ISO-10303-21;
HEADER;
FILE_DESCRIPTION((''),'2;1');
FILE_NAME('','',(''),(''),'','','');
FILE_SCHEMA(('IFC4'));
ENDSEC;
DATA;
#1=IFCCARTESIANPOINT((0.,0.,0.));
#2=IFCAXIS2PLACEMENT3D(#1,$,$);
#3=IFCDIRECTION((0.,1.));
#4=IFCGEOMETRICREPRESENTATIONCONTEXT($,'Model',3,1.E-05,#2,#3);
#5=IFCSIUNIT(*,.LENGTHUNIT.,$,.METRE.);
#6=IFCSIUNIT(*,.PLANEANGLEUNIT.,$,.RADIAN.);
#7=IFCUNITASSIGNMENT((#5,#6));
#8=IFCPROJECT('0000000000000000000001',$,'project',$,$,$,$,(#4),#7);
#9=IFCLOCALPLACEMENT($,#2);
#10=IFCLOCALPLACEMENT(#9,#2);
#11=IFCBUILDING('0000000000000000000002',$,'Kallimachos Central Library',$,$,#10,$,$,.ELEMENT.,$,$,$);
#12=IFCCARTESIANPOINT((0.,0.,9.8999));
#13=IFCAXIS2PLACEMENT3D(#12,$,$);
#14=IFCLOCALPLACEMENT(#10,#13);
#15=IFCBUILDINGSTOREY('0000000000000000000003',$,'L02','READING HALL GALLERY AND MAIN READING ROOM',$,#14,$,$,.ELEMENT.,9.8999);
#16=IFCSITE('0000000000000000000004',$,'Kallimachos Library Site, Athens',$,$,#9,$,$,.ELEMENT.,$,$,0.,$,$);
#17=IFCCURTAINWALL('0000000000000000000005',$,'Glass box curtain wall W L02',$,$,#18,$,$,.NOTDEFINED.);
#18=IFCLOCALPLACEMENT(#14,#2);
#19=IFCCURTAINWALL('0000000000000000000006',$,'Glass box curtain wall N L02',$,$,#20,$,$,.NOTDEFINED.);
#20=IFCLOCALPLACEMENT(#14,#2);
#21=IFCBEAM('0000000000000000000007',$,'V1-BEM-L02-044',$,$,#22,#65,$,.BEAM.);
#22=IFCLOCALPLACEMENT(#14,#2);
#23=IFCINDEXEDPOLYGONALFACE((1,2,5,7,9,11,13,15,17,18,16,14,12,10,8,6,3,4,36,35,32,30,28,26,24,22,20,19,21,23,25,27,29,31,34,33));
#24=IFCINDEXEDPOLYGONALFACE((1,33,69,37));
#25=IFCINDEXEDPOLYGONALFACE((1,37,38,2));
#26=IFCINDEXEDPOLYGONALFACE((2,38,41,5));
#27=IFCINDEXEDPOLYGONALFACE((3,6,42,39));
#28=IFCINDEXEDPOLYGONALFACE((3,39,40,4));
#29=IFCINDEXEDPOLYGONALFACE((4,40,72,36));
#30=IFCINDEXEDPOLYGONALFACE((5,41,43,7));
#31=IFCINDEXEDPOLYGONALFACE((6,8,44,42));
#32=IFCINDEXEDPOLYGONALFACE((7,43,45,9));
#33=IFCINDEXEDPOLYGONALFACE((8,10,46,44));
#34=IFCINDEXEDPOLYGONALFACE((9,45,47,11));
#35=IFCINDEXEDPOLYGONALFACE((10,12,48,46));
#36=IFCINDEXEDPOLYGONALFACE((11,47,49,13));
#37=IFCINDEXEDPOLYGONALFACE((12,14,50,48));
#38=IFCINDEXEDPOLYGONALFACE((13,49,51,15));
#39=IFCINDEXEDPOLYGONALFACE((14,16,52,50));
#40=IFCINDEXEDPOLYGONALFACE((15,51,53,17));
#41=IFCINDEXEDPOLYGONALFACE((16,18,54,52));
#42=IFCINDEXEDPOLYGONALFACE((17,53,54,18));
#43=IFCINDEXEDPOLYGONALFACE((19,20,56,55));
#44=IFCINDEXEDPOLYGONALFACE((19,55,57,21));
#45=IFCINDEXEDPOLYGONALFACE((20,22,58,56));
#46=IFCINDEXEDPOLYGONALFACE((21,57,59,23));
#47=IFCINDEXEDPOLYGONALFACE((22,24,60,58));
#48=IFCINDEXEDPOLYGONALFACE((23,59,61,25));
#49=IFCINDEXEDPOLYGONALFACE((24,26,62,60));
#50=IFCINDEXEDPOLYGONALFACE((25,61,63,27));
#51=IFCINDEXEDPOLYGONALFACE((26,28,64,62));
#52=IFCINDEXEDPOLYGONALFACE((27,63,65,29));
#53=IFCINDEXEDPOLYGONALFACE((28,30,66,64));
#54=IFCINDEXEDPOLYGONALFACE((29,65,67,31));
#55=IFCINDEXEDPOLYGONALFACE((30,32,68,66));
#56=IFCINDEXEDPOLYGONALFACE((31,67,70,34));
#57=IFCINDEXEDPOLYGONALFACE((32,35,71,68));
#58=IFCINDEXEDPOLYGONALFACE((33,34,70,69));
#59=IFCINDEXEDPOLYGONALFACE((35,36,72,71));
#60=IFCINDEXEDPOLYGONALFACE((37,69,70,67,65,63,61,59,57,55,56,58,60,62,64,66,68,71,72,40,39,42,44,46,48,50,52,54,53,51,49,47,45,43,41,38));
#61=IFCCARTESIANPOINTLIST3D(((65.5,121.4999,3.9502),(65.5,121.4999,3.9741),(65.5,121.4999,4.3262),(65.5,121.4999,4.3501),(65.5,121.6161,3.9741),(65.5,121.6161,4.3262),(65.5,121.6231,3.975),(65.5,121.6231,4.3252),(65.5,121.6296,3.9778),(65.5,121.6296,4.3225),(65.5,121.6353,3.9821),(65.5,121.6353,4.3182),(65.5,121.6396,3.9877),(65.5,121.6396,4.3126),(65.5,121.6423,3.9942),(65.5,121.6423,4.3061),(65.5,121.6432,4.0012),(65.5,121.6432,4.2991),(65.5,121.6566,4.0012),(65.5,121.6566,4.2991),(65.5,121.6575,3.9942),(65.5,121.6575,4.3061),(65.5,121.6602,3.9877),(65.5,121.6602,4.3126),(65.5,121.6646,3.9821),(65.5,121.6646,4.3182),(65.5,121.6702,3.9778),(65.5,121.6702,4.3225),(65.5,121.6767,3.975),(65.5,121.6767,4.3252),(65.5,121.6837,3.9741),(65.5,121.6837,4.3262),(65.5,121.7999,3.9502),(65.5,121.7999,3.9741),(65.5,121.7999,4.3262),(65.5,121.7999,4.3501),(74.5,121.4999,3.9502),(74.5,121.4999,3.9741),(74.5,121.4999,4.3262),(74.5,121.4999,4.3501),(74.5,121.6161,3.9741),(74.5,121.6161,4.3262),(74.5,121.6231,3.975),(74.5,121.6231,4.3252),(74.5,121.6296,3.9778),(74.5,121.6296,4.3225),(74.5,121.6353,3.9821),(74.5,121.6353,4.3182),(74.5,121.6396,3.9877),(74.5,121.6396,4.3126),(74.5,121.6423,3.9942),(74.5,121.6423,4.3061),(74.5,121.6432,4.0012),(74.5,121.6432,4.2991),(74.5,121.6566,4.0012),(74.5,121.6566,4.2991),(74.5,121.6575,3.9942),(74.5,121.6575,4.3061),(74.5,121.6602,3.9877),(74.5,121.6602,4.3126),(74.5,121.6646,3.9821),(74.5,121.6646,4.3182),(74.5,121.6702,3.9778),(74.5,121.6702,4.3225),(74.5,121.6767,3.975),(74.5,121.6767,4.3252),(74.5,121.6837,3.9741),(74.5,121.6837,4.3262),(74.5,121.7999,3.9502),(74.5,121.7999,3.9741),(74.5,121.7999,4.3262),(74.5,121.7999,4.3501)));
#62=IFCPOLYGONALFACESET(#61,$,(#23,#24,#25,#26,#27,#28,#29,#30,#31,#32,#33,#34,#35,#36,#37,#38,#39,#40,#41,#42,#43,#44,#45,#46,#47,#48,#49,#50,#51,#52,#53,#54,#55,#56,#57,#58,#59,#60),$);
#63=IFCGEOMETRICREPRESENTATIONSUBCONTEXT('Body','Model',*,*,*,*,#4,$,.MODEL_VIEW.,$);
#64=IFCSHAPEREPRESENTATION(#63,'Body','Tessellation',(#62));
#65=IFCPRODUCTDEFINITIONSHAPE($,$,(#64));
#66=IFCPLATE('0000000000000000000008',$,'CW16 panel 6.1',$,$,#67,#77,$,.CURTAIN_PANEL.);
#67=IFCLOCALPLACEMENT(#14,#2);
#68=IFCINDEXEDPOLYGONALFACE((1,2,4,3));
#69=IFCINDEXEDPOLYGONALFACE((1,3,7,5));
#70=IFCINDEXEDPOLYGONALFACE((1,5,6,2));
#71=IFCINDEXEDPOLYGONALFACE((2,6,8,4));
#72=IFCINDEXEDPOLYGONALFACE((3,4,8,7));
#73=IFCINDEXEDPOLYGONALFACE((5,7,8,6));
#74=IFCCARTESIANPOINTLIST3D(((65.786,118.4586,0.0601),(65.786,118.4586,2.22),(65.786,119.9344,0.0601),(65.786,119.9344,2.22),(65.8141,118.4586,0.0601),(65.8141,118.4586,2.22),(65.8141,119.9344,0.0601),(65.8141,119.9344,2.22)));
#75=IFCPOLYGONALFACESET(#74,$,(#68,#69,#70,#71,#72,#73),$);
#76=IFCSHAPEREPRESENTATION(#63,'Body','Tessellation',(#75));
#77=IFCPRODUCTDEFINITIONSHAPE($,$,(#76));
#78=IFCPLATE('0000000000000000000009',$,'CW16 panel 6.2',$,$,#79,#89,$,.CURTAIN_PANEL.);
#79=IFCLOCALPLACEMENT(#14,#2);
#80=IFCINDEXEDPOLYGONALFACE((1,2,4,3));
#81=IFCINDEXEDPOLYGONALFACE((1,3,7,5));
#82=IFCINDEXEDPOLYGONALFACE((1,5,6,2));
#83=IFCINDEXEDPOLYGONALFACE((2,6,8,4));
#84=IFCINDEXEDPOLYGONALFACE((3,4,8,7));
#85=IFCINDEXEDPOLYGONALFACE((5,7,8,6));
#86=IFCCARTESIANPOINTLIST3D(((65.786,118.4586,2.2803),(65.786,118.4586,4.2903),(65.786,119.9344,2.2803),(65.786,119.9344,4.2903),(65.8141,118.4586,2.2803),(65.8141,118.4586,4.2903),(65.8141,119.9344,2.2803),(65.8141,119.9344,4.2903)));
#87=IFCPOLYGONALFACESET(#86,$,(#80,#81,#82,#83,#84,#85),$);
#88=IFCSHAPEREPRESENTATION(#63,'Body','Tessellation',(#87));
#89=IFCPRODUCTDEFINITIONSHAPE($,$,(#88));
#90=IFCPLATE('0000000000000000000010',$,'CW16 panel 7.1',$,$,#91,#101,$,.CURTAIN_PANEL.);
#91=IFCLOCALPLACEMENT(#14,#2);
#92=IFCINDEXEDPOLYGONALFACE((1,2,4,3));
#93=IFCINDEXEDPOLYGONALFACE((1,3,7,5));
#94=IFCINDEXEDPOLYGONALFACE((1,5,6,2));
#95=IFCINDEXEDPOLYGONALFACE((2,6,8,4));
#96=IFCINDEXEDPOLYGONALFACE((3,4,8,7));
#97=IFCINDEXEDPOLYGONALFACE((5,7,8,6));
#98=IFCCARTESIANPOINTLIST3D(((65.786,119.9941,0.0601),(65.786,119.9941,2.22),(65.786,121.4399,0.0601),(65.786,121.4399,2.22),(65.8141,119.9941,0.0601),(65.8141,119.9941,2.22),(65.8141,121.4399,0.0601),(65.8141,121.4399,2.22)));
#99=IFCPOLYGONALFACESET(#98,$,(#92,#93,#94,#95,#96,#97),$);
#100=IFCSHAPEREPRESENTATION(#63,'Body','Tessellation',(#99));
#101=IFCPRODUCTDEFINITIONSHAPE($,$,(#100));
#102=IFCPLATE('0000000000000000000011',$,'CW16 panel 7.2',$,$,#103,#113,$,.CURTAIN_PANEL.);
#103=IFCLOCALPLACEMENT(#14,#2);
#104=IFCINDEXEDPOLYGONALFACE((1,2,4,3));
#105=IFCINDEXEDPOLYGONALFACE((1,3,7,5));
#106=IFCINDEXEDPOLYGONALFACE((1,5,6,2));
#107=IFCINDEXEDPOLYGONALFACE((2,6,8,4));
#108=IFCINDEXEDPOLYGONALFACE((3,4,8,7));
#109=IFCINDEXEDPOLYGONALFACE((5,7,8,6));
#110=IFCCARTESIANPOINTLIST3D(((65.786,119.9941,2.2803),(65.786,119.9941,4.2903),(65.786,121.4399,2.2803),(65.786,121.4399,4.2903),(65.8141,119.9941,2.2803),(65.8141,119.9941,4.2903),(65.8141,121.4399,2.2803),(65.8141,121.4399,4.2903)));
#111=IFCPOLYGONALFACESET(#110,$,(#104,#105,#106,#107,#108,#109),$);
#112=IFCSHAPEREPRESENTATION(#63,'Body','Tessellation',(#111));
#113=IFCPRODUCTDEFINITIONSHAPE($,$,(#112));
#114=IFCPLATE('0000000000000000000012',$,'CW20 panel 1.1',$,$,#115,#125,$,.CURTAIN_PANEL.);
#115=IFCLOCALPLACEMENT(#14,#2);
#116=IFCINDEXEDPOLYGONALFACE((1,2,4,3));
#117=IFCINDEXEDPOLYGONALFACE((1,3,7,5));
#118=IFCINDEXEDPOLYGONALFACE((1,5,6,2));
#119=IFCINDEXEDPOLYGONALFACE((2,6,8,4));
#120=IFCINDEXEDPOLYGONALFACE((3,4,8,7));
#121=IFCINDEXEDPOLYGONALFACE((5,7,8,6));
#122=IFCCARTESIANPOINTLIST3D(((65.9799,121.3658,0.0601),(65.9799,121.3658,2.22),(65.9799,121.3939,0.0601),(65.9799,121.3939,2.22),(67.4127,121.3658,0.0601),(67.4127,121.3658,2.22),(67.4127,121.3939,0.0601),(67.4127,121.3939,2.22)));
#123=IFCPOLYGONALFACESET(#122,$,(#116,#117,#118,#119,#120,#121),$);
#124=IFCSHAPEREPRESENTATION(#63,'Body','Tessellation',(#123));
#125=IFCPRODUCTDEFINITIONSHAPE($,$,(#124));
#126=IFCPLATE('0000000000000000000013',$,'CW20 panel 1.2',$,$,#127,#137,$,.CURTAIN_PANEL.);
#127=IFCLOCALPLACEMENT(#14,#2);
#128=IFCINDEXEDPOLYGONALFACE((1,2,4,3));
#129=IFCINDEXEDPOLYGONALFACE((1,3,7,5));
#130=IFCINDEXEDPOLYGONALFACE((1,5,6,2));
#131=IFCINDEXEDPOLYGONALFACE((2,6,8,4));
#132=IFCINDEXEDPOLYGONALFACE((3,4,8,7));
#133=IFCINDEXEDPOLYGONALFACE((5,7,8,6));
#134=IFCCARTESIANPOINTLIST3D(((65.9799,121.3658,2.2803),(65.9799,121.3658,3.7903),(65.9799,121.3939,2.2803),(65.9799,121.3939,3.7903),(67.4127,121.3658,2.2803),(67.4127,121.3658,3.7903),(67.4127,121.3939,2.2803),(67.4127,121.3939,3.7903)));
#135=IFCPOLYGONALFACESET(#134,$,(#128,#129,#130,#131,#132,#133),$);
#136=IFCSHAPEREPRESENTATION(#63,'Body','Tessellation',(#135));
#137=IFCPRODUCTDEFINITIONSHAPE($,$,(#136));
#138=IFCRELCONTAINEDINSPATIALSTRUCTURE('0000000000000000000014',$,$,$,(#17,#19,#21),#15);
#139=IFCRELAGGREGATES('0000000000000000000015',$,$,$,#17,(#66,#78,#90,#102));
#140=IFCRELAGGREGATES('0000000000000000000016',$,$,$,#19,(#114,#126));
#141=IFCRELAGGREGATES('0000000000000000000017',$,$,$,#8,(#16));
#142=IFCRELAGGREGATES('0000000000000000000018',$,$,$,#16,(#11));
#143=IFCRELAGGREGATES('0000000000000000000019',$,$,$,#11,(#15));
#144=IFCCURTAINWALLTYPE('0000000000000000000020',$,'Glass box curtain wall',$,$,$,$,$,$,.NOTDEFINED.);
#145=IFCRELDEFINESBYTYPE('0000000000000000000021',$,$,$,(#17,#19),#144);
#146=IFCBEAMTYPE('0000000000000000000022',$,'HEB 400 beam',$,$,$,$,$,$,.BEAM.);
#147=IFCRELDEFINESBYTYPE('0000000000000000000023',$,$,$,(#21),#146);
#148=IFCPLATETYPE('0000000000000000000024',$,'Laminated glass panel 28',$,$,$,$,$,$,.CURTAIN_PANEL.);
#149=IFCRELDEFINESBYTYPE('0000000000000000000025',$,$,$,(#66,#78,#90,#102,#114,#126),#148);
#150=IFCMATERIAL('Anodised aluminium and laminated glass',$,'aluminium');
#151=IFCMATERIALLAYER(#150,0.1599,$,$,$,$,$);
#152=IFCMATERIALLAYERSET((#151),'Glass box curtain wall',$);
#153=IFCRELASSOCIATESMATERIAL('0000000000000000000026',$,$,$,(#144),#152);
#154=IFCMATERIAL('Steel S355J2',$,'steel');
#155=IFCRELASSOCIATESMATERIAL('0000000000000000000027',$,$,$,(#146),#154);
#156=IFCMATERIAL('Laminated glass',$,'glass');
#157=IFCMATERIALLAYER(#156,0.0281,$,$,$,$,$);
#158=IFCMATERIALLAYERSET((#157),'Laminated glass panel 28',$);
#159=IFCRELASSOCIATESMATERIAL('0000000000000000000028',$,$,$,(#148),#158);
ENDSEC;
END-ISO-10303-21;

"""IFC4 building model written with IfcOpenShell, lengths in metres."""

from ifc_helpers import new_model, si_unit, direction, frame, origin, origin_2d, place, context, subcontext, project, spatial, rectangle, i_section, extrude, material, layer, layer_set, material_profile, profile_set, type_object, element, aggregate, save


model = new_model("IFC4")

# Units and contexts
model_context = context("Model", 3, precision=1e-05, world=origin(), true_north=direction((0.0, 1.0)))
body_context = subcontext(model_context, "Body", "Model", "MODEL_VIEW")
ifc_project = project(units=[si_unit("LENGTHUNIT", "METRE"), si_unit("PLANEANGLEUNIT", "RADIAN")], contexts=[model_context])

# Site, building, storey
site_placement = place(None, origin())
site = spatial("IfcSite", under=ifc_project, at=site_placement, Name="Kallimachos Library Site, Athens", CompositionType="ELEMENT", RefElevation=0.0)
building_placement = place(site_placement, origin())
building = spatial("IfcBuilding", under=site, at=building_placement, Name="Kallimachos Central Library", CompositionType="ELEMENT")
storey_placement = place(building_placement, frame((0.0, 0.0, 9.8999)))
storey = spatial("IfcBuildingStorey", under=building, at=storey_placement, Name="L02", Description="READING HALL GALLERY AND MAIN READING ROOM", CompositionType="ELEMENT", Elevation=9.8999)

# Curtain walls
ifc_material_1 = material(Name="Anodised aluminium and laminated glass", Category="aluminium")
ifc_layer_1 = layer(ifc_material_1, 0.1599)
ifc_layer_set_1 = layer_set([ifc_layer_1], Name="Glass box curtain wall")
curtain_wall_type = type_object("IfcCurtainWallType", Name="Glass box curtain wall", PredefinedType="NOTDEFINED", material=ifc_layer_set_1)
curtain_wall_1_placement = place(storey_placement, origin())
curtain_wall_1 = element("IfcCurtainWall", 1, at=curtain_wall_1_placement, inside=storey, type_object=curtain_wall_type, Name="Glass box curtain wall W L02", PredefinedType="NOTDEFINED")
curtain_wall_2_placement = place(storey_placement, origin())
curtain_wall_2 = element("IfcCurtainWall", 2, at=curtain_wall_2_placement, inside=storey, type_object=curtain_wall_type, Name="Glass box curtain wall N L02", PredefinedType="NOTDEFINED")

# Beam
ifc_material_2 = material(Name="Steel S355J2", Category="steel")
ifc_material_profile_1 = material_profile(ifc_material_2, i_section(OverallWidth=0.3, OverallDepth=0.3999, WebThickness=0.0134, FlangeThickness=0.0239, FilletRadius=0.0271, at=origin_2d()), Name="HEB 400")
ifc_profile_set_1 = profile_set([ifc_material_profile_1], Name="Steel S355J2")
beam_type = type_object("IfcBeamType", Name="HEB 400 beam", PredefinedType="BEAM", material=ifc_profile_set_1)
beam_placement = place(storey_placement, frame((65.5, 121.6499, 4.1501), z_axis=(1.0, 0.0, 0.0), x_axis=(0.0, 1.0, 0.0)))
element("IfcBeam", 3, at=beam_placement, inside=storey, type_object=beam_type, Name="V1-BEM-L02-044", PredefinedType="BEAM", context=body_context, shape_type="SweptSolid", body=[
    extrude(i_section(OverallWidth=0.3, OverallDepth=0.3999, WebThickness=0.0134, FlangeThickness=0.0239, FilletRadius=0.0271, at=origin_2d()), origin(), (0.0, 0.0, 1.0), 9.0),
])

# Plates
ifc_material_3 = material(Name="Laminated glass", Category="glass")
ifc_layer_2 = layer(ifc_material_3, 0.0281)
ifc_layer_set_2 = layer_set([ifc_layer_2], Name="Laminated glass panel 28")
plate_type = type_object("IfcPlateType", Name="Laminated glass panel 28", PredefinedType="CURTAIN_PANEL", material=ifc_layer_set_2)
plate_1_placement = place(storey_placement, frame((65.8, 119.1965, 0.0601), z_axis=(0.0, 0.0, 1.0), x_axis=(0.0, 1.0, 0.0)))
plate_1 = element("IfcPlate", 4, at=plate_1_placement, type_object=plate_type, Name="CW16 panel 6.1", PredefinedType="CURTAIN_PANEL", context=body_context, shape_type="SweptSolid", body=[
    extrude(rectangle(XDim=1.4758, YDim=0.0281, at=origin_2d()), origin(), (0.0, 0.0, 1.0), 2.1599),
])
plate_2_placement = place(storey_placement, frame((65.8, 119.1965, 2.2803), z_axis=(0.0, 0.0, 1.0), x_axis=(0.0, 1.0, 0.0)))
plate_2 = element("IfcPlate", 5, at=plate_2_placement, type_object=plate_type, Name="CW16 panel 6.2", PredefinedType="CURTAIN_PANEL", context=body_context, shape_type="SweptSolid", body=[
    extrude(rectangle(XDim=1.4758, YDim=0.0281, at=origin_2d()), origin(), (0.0, 0.0, 1.0), 2.01),
])
plate_3_placement = place(storey_placement, frame((65.8, 120.717, 0.0601), z_axis=(0.0, 0.0, 1.0), x_axis=(0.0, 1.0, 0.0)))
plate_3 = element("IfcPlate", 6, at=plate_3_placement, type_object=plate_type, Name="CW16 panel 7.1", PredefinedType="CURTAIN_PANEL", context=body_context, shape_type="SweptSolid", body=[
    extrude(rectangle(XDim=1.4458, YDim=0.0281, at=origin_2d()), origin(), (0.0, 0.0, 1.0), 2.1599),
])
plate_4_placement = place(storey_placement, frame((65.8, 120.717, 2.2803), z_axis=(0.0, 0.0, 1.0), x_axis=(0.0, 1.0, 0.0)))
plate_4 = element("IfcPlate", 7, at=plate_4_placement, type_object=plate_type, Name="CW16 panel 7.2", PredefinedType="CURTAIN_PANEL", context=body_context, shape_type="SweptSolid", body=[
    extrude(rectangle(XDim=1.4458, YDim=0.0281, at=origin_2d()), origin(), (0.0, 0.0, 1.0), 2.01),
])
aggregate(curtain_wall_1, [plate_1, plate_2, plate_3, plate_4])
plate_5_placement = place(storey_placement, frame((66.6963, 121.3799, 0.0601), z_axis=(0.0, 0.0, 1.0), x_axis=(1.0, 0.0, 0.0)))
plate_5 = element("IfcPlate", 8, at=plate_5_placement, type_object=plate_type, Name="CW20 panel 1.1", PredefinedType="CURTAIN_PANEL", context=body_context, shape_type="SweptSolid", body=[
    extrude(rectangle(XDim=1.4329, YDim=0.0281, at=origin_2d()), origin(), (0.0, 0.0, 1.0), 2.1599),
])
plate_6_placement = place(storey_placement, frame((66.6963, 121.3799, 2.2803), z_axis=(0.0, 0.0, 1.0), x_axis=(1.0, 0.0, 0.0)))
plate_6 = element("IfcPlate", 9, at=plate_6_placement, type_object=plate_type, Name="CW20 panel 1.2", PredefinedType="CURTAIN_PANEL", context=body_context, shape_type="SweptSolid", body=[
    extrude(rectangle(XDim=1.4329, YDim=0.0281, at=origin_2d()), origin(), (0.0, 0.0, 1.0), 1.51),
])
aggregate(curtain_wall_2, [plate_5, plate_6])

save(model, "model.ifc")
